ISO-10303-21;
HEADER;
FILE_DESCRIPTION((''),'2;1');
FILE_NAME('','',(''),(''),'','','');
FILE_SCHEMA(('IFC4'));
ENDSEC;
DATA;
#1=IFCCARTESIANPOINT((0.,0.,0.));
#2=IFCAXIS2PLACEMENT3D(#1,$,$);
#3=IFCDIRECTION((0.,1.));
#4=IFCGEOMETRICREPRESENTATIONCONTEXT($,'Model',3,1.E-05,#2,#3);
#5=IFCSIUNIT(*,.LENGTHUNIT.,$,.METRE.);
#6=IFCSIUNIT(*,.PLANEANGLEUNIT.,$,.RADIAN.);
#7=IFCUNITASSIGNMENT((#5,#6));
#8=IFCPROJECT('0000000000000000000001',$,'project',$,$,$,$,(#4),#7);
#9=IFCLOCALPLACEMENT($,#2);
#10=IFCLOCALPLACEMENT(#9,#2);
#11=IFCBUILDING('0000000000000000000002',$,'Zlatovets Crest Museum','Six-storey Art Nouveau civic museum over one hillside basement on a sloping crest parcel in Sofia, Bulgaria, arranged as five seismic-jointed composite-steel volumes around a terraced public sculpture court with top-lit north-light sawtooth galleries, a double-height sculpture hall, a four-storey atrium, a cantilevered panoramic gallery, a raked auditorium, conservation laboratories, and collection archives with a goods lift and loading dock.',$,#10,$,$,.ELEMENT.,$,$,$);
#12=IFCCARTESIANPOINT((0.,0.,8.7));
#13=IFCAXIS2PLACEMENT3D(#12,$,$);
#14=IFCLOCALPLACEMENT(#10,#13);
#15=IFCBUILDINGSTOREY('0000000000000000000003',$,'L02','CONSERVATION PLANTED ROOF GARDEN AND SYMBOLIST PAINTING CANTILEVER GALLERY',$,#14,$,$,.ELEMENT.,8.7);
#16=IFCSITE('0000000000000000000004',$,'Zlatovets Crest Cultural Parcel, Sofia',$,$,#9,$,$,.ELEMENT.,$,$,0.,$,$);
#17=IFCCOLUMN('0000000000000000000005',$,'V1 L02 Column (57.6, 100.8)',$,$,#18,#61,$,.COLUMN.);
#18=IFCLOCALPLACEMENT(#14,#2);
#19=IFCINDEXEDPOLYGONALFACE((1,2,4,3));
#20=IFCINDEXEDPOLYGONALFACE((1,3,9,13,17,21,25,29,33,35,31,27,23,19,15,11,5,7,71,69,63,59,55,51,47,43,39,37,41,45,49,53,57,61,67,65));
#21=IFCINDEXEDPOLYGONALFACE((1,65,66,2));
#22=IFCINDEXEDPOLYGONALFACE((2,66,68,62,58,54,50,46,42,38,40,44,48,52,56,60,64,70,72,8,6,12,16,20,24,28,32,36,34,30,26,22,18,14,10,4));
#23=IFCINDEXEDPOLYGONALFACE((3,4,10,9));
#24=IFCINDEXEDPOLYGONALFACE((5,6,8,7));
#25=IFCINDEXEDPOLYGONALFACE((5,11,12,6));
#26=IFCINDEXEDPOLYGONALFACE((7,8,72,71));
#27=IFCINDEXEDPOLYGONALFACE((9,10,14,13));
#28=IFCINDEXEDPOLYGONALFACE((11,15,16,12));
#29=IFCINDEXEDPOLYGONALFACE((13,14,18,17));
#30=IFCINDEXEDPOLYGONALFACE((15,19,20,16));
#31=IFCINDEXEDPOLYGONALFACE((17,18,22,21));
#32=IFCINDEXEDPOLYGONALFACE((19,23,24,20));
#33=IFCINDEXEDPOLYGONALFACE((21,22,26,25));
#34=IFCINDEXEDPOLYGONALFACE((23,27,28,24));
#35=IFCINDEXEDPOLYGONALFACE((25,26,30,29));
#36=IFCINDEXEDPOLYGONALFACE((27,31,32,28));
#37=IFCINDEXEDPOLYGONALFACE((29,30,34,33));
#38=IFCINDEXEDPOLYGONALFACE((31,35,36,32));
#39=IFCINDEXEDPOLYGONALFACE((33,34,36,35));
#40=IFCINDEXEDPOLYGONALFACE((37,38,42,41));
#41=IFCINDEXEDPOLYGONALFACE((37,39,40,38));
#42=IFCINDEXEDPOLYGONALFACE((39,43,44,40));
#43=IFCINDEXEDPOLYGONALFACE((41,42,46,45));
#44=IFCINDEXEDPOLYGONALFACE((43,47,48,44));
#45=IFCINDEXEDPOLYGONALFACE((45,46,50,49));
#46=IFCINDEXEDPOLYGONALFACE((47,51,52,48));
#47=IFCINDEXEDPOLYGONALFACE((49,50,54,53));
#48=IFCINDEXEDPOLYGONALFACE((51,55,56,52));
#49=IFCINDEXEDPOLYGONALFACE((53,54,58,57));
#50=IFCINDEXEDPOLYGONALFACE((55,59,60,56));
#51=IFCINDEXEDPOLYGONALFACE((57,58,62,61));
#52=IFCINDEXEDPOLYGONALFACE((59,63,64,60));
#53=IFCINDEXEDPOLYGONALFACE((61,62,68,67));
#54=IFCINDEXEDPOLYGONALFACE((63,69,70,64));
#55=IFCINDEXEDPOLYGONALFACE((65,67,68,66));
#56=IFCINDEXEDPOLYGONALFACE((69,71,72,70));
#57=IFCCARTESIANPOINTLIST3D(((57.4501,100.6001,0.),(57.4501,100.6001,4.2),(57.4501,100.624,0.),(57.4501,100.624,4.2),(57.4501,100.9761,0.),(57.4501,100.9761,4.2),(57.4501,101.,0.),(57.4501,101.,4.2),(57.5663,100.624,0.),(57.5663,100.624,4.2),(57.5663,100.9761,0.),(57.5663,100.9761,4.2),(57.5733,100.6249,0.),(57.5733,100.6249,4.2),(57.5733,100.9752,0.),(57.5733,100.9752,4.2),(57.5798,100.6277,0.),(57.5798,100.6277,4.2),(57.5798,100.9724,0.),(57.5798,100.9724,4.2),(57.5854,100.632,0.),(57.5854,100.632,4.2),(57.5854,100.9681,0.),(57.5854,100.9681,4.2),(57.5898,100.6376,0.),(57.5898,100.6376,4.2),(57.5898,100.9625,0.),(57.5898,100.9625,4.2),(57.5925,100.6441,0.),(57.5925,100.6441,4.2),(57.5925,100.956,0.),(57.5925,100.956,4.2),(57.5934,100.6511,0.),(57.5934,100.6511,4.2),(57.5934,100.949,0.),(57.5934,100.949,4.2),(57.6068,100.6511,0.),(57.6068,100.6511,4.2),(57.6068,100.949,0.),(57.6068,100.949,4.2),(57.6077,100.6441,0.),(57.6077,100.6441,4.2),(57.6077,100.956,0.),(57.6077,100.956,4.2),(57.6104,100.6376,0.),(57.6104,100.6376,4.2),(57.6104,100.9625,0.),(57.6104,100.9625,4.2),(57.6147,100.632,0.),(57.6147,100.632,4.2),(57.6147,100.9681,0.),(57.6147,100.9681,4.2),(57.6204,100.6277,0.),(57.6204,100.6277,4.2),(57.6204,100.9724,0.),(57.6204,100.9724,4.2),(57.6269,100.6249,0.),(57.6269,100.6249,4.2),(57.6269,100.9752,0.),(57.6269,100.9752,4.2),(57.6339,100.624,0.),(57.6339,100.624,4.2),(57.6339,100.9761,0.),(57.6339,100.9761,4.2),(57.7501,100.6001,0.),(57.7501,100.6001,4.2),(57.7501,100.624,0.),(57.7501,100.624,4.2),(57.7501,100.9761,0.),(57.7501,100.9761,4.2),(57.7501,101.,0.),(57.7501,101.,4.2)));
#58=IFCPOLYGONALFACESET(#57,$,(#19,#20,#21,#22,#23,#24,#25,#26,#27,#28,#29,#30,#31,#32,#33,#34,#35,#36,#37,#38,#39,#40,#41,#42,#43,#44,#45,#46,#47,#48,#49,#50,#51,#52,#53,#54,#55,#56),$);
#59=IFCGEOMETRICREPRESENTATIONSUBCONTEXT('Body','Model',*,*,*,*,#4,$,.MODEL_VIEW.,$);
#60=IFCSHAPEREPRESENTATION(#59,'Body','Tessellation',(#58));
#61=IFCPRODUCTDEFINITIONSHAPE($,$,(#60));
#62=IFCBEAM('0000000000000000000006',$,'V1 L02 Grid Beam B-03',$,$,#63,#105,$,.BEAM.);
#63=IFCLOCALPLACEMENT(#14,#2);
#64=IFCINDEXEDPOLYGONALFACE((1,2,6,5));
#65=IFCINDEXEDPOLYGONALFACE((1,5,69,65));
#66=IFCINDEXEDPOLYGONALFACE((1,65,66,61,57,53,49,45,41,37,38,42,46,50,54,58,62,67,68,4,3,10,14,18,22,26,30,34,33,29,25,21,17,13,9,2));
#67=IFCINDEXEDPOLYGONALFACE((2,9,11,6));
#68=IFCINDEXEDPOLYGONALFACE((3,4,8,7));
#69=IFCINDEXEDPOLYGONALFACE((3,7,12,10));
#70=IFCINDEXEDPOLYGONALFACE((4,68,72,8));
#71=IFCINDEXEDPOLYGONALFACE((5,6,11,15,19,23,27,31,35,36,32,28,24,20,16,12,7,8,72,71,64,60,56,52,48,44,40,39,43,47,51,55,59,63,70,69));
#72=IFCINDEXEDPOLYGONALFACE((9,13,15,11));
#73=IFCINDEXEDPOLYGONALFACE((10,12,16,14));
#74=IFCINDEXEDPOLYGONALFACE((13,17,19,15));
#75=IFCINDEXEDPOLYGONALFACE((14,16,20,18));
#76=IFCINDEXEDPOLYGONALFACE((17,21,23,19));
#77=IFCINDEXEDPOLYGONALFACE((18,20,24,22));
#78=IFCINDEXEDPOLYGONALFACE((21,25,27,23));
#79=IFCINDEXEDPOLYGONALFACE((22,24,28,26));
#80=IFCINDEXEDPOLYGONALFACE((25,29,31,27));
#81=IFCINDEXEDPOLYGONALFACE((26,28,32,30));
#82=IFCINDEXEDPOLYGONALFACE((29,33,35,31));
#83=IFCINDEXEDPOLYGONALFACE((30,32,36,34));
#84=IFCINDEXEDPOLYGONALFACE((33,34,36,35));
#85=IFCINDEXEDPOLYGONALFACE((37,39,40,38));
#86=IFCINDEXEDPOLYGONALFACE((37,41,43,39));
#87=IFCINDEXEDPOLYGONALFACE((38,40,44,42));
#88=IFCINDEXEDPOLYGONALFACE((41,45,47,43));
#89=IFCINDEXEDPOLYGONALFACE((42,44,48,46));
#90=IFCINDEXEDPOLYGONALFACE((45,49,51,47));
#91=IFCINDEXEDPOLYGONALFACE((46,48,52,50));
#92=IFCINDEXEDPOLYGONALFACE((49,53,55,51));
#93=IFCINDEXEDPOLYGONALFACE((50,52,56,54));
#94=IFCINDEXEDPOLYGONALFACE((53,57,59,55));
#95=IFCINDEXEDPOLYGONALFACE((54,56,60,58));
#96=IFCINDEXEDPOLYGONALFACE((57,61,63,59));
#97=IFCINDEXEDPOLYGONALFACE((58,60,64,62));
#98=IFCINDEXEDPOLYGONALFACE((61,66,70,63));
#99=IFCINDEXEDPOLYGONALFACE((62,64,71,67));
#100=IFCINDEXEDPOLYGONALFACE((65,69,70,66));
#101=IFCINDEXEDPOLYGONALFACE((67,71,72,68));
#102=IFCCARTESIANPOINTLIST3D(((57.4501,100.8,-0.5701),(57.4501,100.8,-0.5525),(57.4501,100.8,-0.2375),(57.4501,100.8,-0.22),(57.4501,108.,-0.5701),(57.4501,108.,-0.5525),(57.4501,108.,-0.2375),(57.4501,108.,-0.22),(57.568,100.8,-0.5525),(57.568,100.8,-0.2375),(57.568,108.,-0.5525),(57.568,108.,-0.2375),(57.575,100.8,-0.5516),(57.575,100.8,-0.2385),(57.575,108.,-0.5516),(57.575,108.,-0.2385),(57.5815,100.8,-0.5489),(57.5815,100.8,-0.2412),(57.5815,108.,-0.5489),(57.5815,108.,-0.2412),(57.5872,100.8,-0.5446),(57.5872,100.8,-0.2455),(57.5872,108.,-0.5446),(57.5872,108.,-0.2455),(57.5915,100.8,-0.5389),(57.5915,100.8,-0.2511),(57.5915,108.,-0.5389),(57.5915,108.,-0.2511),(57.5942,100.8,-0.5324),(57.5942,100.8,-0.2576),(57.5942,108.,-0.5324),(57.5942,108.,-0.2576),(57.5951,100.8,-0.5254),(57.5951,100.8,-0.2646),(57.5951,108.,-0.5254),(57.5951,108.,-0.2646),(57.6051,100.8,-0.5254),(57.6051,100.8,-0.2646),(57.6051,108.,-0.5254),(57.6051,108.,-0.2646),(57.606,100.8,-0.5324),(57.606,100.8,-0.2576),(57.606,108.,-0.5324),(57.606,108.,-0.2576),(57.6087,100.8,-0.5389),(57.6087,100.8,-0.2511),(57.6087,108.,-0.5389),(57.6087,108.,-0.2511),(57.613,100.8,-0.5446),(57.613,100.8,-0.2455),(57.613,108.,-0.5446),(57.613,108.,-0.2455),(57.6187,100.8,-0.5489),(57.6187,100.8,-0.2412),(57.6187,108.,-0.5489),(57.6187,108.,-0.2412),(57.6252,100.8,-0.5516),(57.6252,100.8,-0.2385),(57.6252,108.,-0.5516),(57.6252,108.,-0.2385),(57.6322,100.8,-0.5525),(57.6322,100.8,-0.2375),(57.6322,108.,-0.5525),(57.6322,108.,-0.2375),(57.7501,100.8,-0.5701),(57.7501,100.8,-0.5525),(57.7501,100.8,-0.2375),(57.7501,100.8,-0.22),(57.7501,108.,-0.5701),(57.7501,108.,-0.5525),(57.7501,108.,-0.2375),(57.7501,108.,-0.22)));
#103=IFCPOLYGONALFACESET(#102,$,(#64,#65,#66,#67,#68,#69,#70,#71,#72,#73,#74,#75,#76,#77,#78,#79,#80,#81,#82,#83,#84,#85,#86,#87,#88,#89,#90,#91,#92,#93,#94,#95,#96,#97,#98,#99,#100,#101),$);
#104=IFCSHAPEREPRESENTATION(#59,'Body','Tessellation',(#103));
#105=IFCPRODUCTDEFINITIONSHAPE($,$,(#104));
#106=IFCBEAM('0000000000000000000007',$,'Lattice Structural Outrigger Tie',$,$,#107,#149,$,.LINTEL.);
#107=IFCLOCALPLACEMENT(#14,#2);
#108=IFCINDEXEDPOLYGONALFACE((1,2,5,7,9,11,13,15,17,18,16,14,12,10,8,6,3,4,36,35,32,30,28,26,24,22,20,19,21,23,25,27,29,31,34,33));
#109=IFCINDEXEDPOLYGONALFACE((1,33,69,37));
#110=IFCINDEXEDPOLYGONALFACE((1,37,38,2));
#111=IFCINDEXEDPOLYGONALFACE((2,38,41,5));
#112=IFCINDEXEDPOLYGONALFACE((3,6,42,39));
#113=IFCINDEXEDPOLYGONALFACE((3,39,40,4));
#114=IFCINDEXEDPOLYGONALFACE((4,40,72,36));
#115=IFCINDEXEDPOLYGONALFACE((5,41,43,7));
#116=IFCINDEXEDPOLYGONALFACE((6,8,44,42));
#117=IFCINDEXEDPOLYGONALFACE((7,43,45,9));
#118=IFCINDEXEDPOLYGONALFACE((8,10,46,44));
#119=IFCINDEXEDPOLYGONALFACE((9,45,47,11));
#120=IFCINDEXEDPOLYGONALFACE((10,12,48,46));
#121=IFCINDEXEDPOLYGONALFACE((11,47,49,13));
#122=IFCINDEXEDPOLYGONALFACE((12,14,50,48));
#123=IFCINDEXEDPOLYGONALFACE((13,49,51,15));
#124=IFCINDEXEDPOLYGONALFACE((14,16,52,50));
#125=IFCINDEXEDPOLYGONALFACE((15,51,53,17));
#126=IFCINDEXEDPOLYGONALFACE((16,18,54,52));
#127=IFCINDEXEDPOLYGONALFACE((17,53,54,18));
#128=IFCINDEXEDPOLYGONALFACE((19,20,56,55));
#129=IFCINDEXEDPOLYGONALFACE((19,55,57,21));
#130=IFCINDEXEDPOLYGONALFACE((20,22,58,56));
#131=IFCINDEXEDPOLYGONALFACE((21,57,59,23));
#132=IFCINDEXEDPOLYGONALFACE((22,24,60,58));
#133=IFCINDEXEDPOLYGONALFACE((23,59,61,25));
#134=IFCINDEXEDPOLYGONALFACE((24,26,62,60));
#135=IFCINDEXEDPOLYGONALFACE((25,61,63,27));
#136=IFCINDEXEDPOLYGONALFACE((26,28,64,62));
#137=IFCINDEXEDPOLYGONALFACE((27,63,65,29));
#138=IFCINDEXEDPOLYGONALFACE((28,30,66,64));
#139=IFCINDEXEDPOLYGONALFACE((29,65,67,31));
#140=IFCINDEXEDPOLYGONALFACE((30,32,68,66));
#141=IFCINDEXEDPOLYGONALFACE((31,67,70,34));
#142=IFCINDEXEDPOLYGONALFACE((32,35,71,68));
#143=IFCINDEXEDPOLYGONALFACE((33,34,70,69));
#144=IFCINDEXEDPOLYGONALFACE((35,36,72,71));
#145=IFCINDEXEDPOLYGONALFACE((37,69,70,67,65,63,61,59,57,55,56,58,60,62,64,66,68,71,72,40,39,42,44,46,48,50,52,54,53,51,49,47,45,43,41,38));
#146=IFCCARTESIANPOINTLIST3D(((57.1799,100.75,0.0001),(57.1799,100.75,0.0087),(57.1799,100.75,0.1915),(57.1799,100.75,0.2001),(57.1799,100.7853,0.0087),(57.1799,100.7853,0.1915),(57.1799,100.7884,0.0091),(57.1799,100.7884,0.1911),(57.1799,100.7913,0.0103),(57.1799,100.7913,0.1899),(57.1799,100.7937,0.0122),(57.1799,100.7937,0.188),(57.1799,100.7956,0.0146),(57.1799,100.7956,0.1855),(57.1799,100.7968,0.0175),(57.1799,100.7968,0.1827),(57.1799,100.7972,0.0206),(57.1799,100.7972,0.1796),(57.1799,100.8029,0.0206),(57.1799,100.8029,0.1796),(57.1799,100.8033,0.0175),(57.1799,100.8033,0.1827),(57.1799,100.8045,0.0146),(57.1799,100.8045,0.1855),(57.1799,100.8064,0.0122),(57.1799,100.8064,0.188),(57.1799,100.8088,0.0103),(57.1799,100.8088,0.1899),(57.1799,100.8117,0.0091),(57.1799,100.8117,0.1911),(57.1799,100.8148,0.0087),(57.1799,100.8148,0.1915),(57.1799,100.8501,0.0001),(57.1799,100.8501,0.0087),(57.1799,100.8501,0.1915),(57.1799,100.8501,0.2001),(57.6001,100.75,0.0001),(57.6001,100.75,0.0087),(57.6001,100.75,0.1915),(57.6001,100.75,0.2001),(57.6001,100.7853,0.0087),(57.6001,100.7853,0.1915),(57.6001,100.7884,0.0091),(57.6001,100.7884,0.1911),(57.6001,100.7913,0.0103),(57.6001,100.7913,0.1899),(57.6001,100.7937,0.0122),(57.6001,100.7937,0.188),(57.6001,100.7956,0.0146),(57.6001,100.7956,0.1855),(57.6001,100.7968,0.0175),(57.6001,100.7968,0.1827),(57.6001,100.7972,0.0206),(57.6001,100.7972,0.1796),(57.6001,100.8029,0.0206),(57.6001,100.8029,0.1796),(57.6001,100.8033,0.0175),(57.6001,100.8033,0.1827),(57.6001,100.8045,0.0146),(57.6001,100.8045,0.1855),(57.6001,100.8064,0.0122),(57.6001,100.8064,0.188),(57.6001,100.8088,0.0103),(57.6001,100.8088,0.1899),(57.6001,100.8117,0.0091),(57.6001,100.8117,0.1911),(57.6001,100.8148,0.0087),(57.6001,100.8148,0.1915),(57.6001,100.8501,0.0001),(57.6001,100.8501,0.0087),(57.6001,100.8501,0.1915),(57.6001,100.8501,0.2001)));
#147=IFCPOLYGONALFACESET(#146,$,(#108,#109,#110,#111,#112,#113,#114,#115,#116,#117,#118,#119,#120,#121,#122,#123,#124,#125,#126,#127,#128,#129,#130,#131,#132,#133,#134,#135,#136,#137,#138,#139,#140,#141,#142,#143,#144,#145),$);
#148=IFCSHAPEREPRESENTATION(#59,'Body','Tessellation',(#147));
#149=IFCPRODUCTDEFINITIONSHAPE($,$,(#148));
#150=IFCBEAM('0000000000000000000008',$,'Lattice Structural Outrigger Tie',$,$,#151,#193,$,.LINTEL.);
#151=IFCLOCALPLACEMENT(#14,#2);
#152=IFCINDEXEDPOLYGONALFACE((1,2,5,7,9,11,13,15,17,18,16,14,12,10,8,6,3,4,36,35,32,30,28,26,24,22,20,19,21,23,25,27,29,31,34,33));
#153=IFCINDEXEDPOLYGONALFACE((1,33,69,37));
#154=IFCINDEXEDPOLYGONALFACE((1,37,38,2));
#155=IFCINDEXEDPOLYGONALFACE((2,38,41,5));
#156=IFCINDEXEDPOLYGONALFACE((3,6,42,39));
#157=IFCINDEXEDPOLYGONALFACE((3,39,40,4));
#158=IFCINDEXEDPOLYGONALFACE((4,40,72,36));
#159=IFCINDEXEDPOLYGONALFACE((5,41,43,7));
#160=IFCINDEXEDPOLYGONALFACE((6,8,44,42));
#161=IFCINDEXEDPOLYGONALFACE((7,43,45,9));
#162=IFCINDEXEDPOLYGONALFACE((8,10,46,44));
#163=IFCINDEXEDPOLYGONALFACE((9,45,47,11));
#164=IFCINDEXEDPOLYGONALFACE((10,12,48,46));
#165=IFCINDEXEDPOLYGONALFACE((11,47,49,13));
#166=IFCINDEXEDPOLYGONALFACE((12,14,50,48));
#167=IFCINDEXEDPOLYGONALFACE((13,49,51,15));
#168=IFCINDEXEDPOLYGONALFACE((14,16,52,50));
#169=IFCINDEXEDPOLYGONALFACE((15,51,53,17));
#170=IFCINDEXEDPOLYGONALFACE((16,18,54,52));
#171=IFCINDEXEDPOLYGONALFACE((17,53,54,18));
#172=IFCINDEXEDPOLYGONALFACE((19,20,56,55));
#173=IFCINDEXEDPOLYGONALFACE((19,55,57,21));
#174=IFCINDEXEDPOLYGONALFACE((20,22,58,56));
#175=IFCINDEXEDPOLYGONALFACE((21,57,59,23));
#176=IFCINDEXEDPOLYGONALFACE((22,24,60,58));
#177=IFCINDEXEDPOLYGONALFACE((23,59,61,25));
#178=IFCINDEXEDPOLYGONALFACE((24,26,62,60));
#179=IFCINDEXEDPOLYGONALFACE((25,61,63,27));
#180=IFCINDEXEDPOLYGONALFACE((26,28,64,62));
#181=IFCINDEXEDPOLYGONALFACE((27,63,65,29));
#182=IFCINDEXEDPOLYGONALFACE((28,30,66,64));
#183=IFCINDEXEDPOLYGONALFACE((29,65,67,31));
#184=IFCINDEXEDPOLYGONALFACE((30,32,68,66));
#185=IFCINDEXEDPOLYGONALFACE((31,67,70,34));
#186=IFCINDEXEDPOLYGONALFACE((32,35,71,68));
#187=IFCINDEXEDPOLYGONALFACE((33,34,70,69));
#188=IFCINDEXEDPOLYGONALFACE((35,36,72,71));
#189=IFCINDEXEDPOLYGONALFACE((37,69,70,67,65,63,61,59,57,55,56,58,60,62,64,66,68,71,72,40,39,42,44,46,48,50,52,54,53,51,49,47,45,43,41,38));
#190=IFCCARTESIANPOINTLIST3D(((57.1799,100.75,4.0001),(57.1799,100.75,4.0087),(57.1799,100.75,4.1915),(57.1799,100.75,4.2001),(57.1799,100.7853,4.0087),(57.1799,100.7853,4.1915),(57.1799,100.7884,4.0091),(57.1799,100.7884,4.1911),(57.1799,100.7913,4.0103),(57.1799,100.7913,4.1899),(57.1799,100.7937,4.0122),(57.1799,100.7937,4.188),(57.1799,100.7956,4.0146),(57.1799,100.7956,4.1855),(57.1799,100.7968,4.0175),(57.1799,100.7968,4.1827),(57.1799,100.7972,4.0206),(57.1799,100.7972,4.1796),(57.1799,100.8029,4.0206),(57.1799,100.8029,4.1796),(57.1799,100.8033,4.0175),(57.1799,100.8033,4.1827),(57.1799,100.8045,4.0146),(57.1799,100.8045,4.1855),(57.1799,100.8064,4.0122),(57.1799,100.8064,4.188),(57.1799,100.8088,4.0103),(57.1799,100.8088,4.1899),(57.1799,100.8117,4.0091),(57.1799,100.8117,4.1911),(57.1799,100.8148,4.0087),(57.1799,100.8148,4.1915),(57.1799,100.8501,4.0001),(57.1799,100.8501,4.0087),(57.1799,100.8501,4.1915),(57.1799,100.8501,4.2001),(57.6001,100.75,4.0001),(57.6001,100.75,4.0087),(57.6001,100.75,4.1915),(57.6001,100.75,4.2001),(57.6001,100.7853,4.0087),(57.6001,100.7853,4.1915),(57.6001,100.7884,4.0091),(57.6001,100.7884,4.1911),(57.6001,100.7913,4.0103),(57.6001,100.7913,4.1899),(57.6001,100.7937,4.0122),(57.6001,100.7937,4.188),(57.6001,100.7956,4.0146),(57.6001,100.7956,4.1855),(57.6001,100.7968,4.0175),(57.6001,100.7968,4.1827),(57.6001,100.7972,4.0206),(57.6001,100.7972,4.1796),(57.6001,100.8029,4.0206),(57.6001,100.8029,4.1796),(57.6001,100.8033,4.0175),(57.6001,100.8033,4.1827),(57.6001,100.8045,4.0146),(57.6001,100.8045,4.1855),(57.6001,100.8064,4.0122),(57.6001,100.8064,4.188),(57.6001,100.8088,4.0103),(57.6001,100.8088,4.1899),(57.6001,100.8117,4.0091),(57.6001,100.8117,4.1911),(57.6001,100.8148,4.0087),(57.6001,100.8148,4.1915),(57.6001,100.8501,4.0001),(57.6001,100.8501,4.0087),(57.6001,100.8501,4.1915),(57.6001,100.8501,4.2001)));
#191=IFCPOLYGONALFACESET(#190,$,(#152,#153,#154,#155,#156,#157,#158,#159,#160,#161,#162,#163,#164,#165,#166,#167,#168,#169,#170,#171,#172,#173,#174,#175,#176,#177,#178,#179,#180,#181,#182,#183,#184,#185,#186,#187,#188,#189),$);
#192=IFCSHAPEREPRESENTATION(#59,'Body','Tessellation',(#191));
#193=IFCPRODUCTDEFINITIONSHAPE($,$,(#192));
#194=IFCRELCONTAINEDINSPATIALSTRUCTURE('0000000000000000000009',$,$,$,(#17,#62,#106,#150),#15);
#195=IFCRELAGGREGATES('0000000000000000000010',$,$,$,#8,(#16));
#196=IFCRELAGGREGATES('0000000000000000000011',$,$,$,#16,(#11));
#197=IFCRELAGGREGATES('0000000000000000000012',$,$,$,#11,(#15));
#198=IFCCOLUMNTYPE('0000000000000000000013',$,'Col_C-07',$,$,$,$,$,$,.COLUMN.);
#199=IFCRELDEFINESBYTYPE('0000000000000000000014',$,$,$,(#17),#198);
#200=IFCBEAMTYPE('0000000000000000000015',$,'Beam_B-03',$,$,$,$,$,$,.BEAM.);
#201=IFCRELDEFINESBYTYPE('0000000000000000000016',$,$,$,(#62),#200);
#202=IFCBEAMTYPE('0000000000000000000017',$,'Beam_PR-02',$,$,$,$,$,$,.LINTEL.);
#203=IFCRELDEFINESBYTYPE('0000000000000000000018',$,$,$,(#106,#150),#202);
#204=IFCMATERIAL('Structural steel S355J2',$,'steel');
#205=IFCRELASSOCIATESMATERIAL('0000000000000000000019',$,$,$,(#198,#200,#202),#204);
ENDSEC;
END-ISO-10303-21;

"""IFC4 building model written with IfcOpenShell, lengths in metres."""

from ifc_helpers import new_model, si_unit, direction, frame, origin, origin_2d, place, context, subcontext, project, spatial, i_section, extrude, material, material_profile, profile_set, type_object, element, save


model = new_model("IFC4")

# Units and contexts
model_context = context("Model", 3, precision=1e-05, world=origin(), true_north=direction((0.0, 1.0)))
body_context = subcontext(model_context, "Body", "Model", "MODEL_VIEW")
ifc_project = project(units=[si_unit("LENGTHUNIT", "METRE"), si_unit("PLANEANGLEUNIT", "RADIAN")], contexts=[model_context])

# Site, building, storey
site_placement = place(None, origin())
site = spatial("IfcSite", under=ifc_project, at=site_placement, Name="Zlatovets Crest Cultural Parcel, Sofia", CompositionType="ELEMENT", RefElevation=0.0)
building_placement = place(site_placement, origin())
building = spatial("IfcBuilding", under=site, at=building_placement, Name="Zlatovets Crest Museum", Description="Six-storey Art Nouveau civic museum over one hillside basement on a sloping crest parcel in Sofia, Bulgaria, arranged as five seismic-jointed composite-steel volumes around a terraced public sculpture court with top-lit north-light sawtooth galleries, a double-height sculpture hall, a four-storey atrium, a cantilevered panoramic gallery, a raked auditorium, conservation laboratories, and collection archives with a goods lift and loading dock.", CompositionType="ELEMENT")
storey_placement = place(building_placement, frame((0.0, 0.0, 8.7)))
storey = spatial("IfcBuildingStorey", under=building, at=storey_placement, Name="L02", Description="CONSERVATION PLANTED ROOF GARDEN AND SYMBOLIST PAINTING CANTILEVER GALLERY", CompositionType="ELEMENT", Elevation=8.7)

# Column
ifc_material_1 = material(Name="Structural steel S355J2", Category="steel")
ifc_material_profile_1 = material_profile(ifc_material_1, i_section(OverallWidth=0.3, OverallDepth=0.3999, WebThickness=0.0134, FlangeThickness=0.0239, FilletRadius=0.0271, at=origin_2d()), Name="HEB 400")
ifc_profile_set_1 = profile_set([ifc_material_profile_1], Name="Structural steel S355J2")
column_type = type_object("IfcColumnType", Name="Col_C-07", PredefinedType="COLUMN", material=ifc_profile_set_1)
column_placement = place(storey_placement, frame((57.6001, 100.8, 0.0), z_axis=(0.0, 0.0, 1.0), x_axis=(1.0, 0.0, 0.0)))
element("IfcColumn", 1, at=column_placement, inside=storey, type_object=column_type, Name="V1 L02 Column (57.6, 100.8)", PredefinedType="COLUMN", context=body_context, shape_type="SweptSolid", body=[
    extrude(i_section(OverallWidth=0.3, OverallDepth=0.3999, WebThickness=0.0134, FlangeThickness=0.0239, FilletRadius=0.0271, at=origin_2d()), origin(), (0.0, 0.0, 1.0), 4.2),
])

# Beams
ifc_material_profile_2 = material_profile(ifc_material_1, i_section(OverallWidth=0.3, OverallDepth=0.3501, WebThickness=0.01, FlangeThickness=0.0176, FilletRadius=0.0271, at=origin_2d()), Name="HEA 360")
ifc_profile_set_2 = profile_set([ifc_material_profile_2], Name="Structural steel S355J2")
beam_type_1 = type_object("IfcBeamType", Name="Beam_B-03", PredefinedType="BEAM", material=ifc_profile_set_2)
beam_1_placement = place(storey_placement, frame((57.6001, 100.8, -0.395), z_axis=(0.0, 1.0, 0.0), x_axis=(-1.0, 0.0, 0.0)))
element("IfcBeam", 2, at=beam_1_placement, inside=storey, type_object=beam_type_1, Name="V1 L02 Grid Beam B-03", PredefinedType="BEAM", context=body_context, shape_type="SweptSolid", body=[
    extrude(i_section(OverallWidth=0.3, OverallDepth=0.3501, WebThickness=0.01, FlangeThickness=0.0176, FilletRadius=0.0271, at=origin_2d()), origin(), (0.0, 0.0, 1.0), 7.2),
])
ifc_material_profile_3 = material_profile(ifc_material_1, i_section(OverallWidth=0.1001, OverallDepth=0.2, WebThickness=0.0056, FlangeThickness=0.0085, FilletRadius=0.012, at=origin_2d()), Name="IPE 200")
ifc_profile_set_3 = profile_set([ifc_material_profile_3], Name="Structural steel S355J2")
beam_type_2 = type_object("IfcBeamType", Name="Beam_PR-02", PredefinedType="LINTEL", material=ifc_profile_set_3)
for number, where, z_axis, x_axis, name in (
    (3, (57.6001, 100.8, 0.1001), (-1.0, 0.0, 0.0), (0.0, -1.0, 0.0), "Lattice Structural Outrigger Tie"),
    (4, (57.6001, 100.8, 4.1001), (-1.0, 0.0, 0.0), (0.0, -1.0, 0.0), "Lattice Structural Outrigger Tie"),
):
    element("IfcBeam", number, at=place(storey_placement, frame(where, z_axis=z_axis, x_axis=x_axis)), inside=storey, type_object=beam_type_2, Name=name, PredefinedType="LINTEL", context=body_context, shape_type="SweptSolid", body=[
        extrude(i_section(OverallWidth=0.1001, OverallDepth=0.2, WebThickness=0.0056, FlangeThickness=0.0085, FilletRadius=0.012, at=origin_2d()), origin(), (0.0, 0.0, 1.0), 0.4202),
    ])

save(model, "model.ifc")
